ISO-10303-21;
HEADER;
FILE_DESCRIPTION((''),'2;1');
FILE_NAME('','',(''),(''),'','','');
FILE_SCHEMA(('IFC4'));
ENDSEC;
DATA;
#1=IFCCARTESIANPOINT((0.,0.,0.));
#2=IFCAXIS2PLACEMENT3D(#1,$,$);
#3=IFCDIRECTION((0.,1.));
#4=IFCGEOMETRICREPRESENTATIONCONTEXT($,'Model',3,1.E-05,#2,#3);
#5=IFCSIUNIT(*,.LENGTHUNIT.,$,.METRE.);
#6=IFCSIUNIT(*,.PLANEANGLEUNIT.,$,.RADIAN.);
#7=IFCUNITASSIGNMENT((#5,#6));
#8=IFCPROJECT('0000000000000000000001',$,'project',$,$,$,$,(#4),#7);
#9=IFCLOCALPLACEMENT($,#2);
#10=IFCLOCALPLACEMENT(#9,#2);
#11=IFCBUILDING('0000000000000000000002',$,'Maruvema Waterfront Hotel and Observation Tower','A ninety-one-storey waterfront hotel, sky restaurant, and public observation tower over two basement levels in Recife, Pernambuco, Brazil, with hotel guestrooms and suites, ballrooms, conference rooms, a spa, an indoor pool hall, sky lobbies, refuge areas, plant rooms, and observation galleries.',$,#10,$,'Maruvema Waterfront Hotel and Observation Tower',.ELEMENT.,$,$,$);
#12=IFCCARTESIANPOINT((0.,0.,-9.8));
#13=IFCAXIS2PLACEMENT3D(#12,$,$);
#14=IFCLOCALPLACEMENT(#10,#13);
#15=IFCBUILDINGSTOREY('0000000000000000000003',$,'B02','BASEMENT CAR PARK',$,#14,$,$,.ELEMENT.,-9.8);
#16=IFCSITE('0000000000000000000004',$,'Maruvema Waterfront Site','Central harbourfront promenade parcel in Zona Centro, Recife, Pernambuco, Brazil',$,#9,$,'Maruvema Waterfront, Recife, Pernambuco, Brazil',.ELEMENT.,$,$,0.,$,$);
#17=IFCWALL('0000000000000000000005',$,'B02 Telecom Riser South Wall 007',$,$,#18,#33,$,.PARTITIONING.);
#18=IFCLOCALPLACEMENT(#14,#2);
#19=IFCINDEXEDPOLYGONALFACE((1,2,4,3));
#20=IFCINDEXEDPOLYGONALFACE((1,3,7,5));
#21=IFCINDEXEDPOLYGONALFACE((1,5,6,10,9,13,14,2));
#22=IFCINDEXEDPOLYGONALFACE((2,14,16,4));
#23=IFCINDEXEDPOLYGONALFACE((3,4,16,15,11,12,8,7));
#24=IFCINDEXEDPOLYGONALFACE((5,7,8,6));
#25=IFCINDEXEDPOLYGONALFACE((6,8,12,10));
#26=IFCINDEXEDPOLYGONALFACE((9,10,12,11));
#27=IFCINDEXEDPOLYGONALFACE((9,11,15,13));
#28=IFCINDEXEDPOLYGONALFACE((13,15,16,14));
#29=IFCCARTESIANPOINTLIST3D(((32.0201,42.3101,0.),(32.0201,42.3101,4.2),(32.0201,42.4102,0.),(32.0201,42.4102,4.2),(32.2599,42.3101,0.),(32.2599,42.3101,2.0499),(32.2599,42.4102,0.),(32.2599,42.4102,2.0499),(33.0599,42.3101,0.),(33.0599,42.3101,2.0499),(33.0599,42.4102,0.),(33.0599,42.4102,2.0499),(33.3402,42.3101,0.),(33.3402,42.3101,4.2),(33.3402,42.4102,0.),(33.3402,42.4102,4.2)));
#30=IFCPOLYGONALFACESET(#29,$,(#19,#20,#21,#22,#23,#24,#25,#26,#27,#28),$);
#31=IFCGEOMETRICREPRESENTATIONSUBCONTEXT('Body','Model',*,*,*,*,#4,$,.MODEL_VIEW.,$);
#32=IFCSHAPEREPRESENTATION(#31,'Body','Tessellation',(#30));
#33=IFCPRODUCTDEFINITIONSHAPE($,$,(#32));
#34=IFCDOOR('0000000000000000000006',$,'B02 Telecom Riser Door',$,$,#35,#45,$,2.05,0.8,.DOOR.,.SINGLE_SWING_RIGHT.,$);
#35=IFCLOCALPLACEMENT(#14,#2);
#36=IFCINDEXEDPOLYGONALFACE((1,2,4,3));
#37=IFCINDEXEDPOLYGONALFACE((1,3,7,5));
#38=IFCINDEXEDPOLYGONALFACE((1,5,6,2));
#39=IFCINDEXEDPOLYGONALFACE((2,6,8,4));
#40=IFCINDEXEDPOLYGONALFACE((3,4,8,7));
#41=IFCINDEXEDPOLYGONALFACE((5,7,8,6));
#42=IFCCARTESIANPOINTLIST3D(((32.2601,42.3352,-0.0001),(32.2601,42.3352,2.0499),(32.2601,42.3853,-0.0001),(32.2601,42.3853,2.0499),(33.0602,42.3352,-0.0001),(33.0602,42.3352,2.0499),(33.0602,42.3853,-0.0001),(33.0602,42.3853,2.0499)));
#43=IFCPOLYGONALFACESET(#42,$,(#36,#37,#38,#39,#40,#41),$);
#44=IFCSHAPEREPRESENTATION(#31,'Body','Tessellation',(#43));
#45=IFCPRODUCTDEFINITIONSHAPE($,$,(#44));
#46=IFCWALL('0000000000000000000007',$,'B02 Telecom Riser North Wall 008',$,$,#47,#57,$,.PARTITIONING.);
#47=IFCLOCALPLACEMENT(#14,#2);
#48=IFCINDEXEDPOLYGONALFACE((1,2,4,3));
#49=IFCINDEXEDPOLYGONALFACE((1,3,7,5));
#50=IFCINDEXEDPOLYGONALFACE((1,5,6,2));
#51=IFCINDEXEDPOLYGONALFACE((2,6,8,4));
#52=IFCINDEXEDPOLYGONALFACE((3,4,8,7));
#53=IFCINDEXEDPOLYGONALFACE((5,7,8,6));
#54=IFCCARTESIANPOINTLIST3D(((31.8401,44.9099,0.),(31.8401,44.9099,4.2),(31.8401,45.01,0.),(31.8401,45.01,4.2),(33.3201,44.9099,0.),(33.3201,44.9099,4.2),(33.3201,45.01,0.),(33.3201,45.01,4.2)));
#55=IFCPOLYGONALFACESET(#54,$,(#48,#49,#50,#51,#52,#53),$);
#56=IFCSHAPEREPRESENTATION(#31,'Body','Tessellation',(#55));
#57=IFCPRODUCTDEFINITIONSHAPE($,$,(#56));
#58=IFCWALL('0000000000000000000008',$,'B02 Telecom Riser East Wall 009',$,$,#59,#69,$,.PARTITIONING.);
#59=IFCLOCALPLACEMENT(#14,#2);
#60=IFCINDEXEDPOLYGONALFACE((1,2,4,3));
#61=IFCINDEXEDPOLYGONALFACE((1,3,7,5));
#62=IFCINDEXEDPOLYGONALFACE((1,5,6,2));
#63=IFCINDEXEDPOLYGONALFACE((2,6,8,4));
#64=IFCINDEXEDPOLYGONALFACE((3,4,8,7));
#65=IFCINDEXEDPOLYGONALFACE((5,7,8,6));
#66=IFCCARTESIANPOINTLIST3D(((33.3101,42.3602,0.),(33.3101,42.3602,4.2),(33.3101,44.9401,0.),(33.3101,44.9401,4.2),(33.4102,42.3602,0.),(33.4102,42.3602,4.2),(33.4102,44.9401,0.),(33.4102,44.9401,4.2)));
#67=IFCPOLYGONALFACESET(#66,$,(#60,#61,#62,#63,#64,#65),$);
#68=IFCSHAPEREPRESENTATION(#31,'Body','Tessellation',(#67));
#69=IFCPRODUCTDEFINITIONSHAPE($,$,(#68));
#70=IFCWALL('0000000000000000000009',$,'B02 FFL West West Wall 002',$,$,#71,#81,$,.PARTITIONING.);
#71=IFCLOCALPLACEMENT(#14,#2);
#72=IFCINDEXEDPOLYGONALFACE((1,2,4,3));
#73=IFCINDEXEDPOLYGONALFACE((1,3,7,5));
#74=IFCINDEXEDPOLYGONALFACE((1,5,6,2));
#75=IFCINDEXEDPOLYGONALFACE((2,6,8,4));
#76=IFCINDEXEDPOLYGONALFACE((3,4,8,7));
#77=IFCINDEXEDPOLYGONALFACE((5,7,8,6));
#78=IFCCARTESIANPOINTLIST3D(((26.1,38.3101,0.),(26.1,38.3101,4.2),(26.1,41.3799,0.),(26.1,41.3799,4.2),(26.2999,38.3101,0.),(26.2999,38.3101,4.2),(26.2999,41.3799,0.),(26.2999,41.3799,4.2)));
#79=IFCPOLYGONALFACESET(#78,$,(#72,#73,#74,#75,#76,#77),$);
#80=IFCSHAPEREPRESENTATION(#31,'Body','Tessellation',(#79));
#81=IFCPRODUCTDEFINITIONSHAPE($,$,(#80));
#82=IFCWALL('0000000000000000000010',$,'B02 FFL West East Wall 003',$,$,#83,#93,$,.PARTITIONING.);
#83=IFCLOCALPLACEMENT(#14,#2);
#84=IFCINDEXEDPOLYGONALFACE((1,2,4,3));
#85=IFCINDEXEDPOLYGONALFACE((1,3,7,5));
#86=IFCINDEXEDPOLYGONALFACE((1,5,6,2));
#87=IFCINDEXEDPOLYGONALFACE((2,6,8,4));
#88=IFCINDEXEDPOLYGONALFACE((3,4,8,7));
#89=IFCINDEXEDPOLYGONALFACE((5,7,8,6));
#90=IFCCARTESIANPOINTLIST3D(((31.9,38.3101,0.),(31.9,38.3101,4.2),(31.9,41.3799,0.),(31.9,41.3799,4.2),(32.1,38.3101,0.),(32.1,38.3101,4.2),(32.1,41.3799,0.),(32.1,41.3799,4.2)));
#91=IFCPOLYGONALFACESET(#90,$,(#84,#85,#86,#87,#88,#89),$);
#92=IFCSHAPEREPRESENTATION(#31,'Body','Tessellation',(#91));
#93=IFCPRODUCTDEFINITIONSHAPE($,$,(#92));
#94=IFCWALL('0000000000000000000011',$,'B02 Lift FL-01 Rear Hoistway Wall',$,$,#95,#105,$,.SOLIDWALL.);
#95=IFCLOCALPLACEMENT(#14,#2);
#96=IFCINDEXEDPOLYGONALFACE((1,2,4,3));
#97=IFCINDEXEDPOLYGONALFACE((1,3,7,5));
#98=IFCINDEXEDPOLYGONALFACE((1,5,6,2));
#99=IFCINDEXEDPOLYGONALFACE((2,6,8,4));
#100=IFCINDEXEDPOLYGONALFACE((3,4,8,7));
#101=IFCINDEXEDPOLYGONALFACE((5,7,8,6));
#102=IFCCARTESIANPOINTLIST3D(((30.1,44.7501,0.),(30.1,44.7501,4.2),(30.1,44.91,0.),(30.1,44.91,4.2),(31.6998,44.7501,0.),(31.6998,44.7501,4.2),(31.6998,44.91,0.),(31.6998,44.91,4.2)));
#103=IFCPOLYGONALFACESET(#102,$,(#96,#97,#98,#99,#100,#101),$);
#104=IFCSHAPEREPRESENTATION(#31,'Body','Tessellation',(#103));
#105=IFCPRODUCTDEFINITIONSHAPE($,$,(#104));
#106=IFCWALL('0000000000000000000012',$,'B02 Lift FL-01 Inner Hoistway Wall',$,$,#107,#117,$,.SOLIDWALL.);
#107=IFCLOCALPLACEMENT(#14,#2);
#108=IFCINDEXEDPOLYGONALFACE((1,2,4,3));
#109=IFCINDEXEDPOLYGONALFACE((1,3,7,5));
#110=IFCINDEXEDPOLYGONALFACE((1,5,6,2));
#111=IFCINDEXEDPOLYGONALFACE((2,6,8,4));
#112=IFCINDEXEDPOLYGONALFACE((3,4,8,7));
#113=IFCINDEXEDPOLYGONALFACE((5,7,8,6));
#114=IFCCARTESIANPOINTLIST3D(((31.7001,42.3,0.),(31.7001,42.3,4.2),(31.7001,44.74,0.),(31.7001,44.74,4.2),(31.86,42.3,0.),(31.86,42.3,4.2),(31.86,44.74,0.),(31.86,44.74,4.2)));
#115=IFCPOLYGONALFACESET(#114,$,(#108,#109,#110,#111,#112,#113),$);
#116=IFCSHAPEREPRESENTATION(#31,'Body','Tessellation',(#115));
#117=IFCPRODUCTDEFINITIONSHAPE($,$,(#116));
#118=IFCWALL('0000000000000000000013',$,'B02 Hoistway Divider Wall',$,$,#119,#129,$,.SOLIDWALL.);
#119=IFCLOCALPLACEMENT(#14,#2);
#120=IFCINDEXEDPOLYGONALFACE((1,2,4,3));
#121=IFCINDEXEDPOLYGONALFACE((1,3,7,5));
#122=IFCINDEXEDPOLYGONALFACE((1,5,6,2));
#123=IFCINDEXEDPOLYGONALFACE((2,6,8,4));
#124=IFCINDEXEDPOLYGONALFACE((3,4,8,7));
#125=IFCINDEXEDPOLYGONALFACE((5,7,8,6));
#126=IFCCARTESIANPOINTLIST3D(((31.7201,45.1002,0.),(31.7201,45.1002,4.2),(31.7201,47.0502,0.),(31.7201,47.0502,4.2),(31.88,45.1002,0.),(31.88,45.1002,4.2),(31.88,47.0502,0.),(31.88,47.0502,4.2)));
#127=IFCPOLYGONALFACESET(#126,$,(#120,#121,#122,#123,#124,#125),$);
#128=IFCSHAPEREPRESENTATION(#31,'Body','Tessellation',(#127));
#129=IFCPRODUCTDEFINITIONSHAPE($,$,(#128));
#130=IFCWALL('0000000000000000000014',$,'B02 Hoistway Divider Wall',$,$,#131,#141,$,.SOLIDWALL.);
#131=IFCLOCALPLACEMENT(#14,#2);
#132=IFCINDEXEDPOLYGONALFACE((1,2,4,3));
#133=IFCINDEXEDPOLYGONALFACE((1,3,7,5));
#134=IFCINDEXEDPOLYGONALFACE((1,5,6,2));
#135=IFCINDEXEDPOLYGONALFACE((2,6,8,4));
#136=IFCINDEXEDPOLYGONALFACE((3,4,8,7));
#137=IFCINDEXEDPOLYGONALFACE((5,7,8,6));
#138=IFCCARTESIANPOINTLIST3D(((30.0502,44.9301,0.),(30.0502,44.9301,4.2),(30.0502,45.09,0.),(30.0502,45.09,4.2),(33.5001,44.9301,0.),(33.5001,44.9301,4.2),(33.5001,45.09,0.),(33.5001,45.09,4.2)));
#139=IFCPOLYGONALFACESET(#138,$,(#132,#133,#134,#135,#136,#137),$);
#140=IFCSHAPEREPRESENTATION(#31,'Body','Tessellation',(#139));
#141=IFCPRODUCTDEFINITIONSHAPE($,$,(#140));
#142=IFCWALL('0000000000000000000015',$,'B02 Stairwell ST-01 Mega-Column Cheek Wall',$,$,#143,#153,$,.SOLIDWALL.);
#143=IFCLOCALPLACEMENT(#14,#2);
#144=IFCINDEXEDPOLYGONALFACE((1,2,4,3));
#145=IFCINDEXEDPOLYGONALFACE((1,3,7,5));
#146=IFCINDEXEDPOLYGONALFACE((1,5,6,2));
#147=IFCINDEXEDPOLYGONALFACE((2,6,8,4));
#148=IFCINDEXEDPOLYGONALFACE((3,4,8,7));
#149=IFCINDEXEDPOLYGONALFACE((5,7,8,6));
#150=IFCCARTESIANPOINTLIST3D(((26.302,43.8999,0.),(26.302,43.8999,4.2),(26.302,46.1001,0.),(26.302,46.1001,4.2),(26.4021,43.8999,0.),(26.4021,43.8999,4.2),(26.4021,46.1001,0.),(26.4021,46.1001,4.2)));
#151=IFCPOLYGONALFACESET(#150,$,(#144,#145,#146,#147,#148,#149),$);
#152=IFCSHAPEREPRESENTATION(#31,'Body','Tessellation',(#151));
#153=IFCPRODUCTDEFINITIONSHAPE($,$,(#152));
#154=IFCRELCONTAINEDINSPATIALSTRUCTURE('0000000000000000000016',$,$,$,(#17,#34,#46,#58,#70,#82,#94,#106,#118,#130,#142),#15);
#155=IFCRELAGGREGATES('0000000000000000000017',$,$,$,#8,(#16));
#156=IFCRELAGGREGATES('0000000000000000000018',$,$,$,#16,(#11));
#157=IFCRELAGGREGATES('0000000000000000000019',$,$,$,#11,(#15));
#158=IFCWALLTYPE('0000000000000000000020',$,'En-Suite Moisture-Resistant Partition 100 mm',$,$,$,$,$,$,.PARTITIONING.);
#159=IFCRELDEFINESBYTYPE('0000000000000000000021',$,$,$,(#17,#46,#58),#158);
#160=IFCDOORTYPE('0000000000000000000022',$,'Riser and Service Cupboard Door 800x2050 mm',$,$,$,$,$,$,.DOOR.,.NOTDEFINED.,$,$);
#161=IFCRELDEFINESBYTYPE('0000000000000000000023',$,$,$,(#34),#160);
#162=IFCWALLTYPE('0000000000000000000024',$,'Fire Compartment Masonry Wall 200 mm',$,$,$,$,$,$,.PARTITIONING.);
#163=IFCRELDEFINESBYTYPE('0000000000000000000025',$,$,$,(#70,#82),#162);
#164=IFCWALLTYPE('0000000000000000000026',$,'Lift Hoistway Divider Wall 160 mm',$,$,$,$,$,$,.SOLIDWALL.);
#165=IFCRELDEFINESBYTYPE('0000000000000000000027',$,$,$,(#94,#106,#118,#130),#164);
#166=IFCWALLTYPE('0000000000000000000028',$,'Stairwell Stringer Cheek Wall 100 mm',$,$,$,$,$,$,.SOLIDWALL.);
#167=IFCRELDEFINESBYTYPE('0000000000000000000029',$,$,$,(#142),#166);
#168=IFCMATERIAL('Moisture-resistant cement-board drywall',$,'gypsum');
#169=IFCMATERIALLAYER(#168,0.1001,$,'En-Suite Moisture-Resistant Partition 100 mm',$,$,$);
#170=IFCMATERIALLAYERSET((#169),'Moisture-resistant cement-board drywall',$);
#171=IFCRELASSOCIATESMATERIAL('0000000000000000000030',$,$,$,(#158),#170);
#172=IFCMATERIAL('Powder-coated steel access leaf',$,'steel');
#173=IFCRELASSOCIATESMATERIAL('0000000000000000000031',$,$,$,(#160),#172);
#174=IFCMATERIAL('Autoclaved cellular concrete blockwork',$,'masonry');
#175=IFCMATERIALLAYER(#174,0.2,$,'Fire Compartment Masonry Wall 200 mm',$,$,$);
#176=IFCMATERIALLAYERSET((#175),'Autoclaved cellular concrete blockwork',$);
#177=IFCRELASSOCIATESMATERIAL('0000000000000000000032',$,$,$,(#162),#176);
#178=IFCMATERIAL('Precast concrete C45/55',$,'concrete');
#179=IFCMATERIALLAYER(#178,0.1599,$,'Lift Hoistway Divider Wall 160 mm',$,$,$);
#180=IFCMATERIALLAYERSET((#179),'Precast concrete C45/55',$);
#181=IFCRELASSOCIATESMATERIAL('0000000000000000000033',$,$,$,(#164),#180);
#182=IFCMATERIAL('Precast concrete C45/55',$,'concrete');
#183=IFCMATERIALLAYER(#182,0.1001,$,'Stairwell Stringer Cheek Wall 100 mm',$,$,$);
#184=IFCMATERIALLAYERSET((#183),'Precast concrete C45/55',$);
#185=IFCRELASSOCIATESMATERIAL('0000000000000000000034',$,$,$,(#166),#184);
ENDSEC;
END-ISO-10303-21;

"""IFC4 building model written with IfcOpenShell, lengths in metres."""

from ifc_helpers import new_model, si_unit, direction, frame, frame_2d, origin, place, context, subcontext, project, spatial, rectangle, extrude, material, layer, layer_set, type_object, element, fill, save


model = new_model("IFC4")

# Units and contexts
model_context = context("Model", 3, precision=1e-05, world=origin(), true_north=direction((0.0, 1.0)))
body_context = subcontext(model_context, "Body", "Model", "MODEL_VIEW")
ifc_project = project(units=[si_unit("LENGTHUNIT", "METRE"), si_unit("PLANEANGLEUNIT", "RADIAN")], contexts=[model_context])

# Site, building, storey
site_placement = place(None, origin())
site = spatial("IfcSite", under=ifc_project, at=site_placement, Name="Maruvema Waterfront Site", Description="Central harbourfront promenade parcel in Zona Centro, Recife, Pernambuco, Brazil", LongName="Maruvema Waterfront, Recife, Pernambuco, Brazil", CompositionType="ELEMENT", RefElevation=0.0)
building_placement = place(site_placement, origin())
building = spatial("IfcBuilding", under=site, at=building_placement, Name="Maruvema Waterfront Hotel and Observation Tower", Description="A ninety-one-storey waterfront hotel, sky restaurant, and public observation tower over two basement levels in Recife, Pernambuco, Brazil, with hotel guestrooms and suites, ballrooms, conference rooms, a spa, an indoor pool hall, sky lobbies, refuge areas, plant rooms, and observation galleries.", LongName="Maruvema Waterfront Hotel and Observation Tower", CompositionType="ELEMENT")
storey_placement = place(building_placement, frame((0.0, 0.0, -9.8)))
storey = spatial("IfcBuildingStorey", under=building, at=storey_placement, Name="B02", Description="BASEMENT CAR PARK", CompositionType="ELEMENT", Elevation=-9.8)

# Wall, opening, door
ifc_material_1 = material(Name="Moisture-resistant cement-board drywall", Category="gypsum")
ifc_layer_1 = layer(ifc_material_1, 0.1001, Name="En-Suite Moisture-Resistant Partition 100 mm")
ifc_layer_set_1 = layer_set([ifc_layer_1], Name="Moisture-resistant cement-board drywall")
wall_type_1 = type_object("IfcWallType", Name="En-Suite Moisture-Resistant Partition 100 mm", PredefinedType="PARTITIONING", material=ifc_layer_set_1)
wall_1_placement = place(storey_placement, frame((32.02, 42.3601, 0.0), z_axis=(0.0, 0.0, 1.0), x_axis=(1.0, 0.0, 0.0)))
wall_1 = element("IfcWall", 1, at=wall_1_placement, inside=storey, type_object=wall_type_1, Name="B02 Telecom Riser South Wall 007", PredefinedType="PARTITIONING", context=body_context, shape_type="SweptSolid", body=[
    extrude(rectangle(XDim=1.3201, YDim=0.1001, at=frame_2d((0.6602, 0.0))), origin(), (0.0, 0.0, 1.0), 4.2),
])
opening_placement = place(wall_1_placement, frame((0.24, 0.0, 0.0)))
opening = element("IfcOpeningElement", 2, at=opening_placement, cuts=wall_1, PredefinedType="OPENING", context=body_context, shape_type="SweptSolid", body=[
    extrude(rectangle(XDim=0.8, YDim=2.05, at=frame_2d((0.3999, 1.0249))), frame((0.0, 0.0601, 0.0), z_axis=(0.0, -1.0, 0.0), x_axis=(1.0, 0.0, 0.0)), (0.0, 0.0, 1.0), 0.1201),
])
ifc_material_2 = material(Name="Powder-coated steel access leaf", Category="steel")
door_type = type_object("IfcDoorType", Name="Riser and Service Cupboard Door 800x2050 mm", OperationType="NOTDEFINED", PredefinedType="DOOR", material=ifc_material_2)
door_placement = place(opening_placement, frame((0.8, 0.0, 0.0), z_axis=(0.0, 0.0, 1.0), x_axis=(-1.0, 0.0, 0.0)))
door = element("IfcDoor", 3, at=door_placement, inside=storey, type_object=door_type, Name="B02 Telecom Riser Door", OperationType="SINGLE_SWING_RIGHT", OverallHeight=2.05, OverallWidth=0.8, PredefinedType="DOOR", context=body_context, shape_type="SweptSolid", body=[
    extrude(rectangle(XDim=0.8, YDim=2.05, at=frame_2d((0.3999, 1.0249))), frame((0.0, 0.0249, 0.0), z_axis=(0.0, -1.0, 0.0), x_axis=(1.0, 0.0, 0.0)), (0.0, 0.0, 1.0), 0.05),
])
fill(opening, door)

# Walls
wall_2_placement = place(storey_placement, frame((31.8401, 44.96, 0.0), z_axis=(0.0, 0.0, 1.0), x_axis=(1.0, 0.0, 0.0)))
element("IfcWall", 4, at=wall_2_placement, inside=storey, type_object=wall_type_1, Name="B02 Telecom Riser North Wall 008", PredefinedType="PARTITIONING", context=body_context, shape_type="SweptSolid", body=[
    extrude(rectangle(XDim=1.48, YDim=0.1001, at=frame_2d((0.74, 0.0))), origin(), (0.0, 0.0, 1.0), 4.2),
])
wall_3_placement = place(storey_placement, frame((33.3601, 42.3601, 0.0), z_axis=(0.0, 0.0, 1.0), x_axis=(0.0, 1.0, 0.0)))
element("IfcWall", 5, at=wall_3_placement, inside=storey, type_object=wall_type_1, Name="B02 Telecom Riser East Wall 009", PredefinedType="PARTITIONING", context=body_context, shape_type="SweptSolid", body=[
    extrude(rectangle(XDim=2.5798, YDim=0.1001, at=frame_2d((1.29, 0.0))), origin(), (0.0, 0.0, 1.0), 4.2),
])
ifc_material_3 = material(Name="Autoclaved cellular concrete blockwork", Category="masonry")
ifc_layer_2 = layer(ifc_material_3, 0.2, Name="Fire Compartment Masonry Wall 200 mm")
ifc_layer_set_2 = layer_set([ifc_layer_2], Name="Autoclaved cellular concrete blockwork")
wall_type_2 = type_object("IfcWallType", Name="Fire Compartment Masonry Wall 200 mm", PredefinedType="PARTITIONING", material=ifc_layer_set_2)
for number, where, z_axis, x_axis, name in (
    (6, (26.2, 38.3101, 0.0), (0.0, 0.0, 1.0), (0.0, 1.0, 0.0), "B02 FFL West West Wall 002"),
    (7, (32.0, 38.3101, 0.0), (0.0, 0.0, 1.0), (0.0, 1.0, 0.0), "B02 FFL West East Wall 003"),
):
    element("IfcWall", number, at=place(storey_placement, frame(where, z_axis=z_axis, x_axis=x_axis)), inside=storey, type_object=wall_type_2, Name=name, PredefinedType="PARTITIONING", context=body_context, shape_type="SweptSolid", body=[
        extrude(rectangle(XDim=3.0698, YDim=0.2, at=frame_2d((1.5349, 0.0))), origin(), (0.0, 0.0, 1.0), 4.2),
    ])
ifc_material_4 = material(Name="Precast concrete C45/55", Category="concrete")
ifc_layer_3 = layer(ifc_material_4, 0.1599, Name="Lift Hoistway Divider Wall 160 mm")
ifc_layer_set_3 = layer_set([ifc_layer_3], Name="Precast concrete C45/55")
wall_type_3 = type_object("IfcWallType", Name="Lift Hoistway Divider Wall 160 mm", PredefinedType="SOLIDWALL", material=ifc_layer_set_3)
wall_4_placement = place(storey_placement, frame((30.1001, 44.8301, 0.0), z_axis=(0.0, 0.0, 1.0), x_axis=(1.0, 0.0, 0.0)))
element("IfcWall", 8, at=wall_4_placement, inside=storey, type_object=wall_type_3, Name="B02 Lift FL-01 Rear Hoistway Wall", PredefinedType="SOLIDWALL", context=body_context, shape_type="SweptSolid", body=[
    extrude(rectangle(XDim=1.5999, YDim=0.1599, at=frame_2d((0.7998, 0.0))), origin(), (0.0, 0.0, 1.0), 4.2),
])
wall_5_placement = place(storey_placement, frame((31.78, 42.3, 0.0), z_axis=(0.0, 0.0, 1.0), x_axis=(0.0, 1.0, 0.0)))
element("IfcWall", 9, at=wall_5_placement, inside=storey, type_object=wall_type_3, Name="B02 Lift FL-01 Inner Hoistway Wall", PredefinedType="SOLIDWALL", context=body_context, shape_type="SweptSolid", body=[
    extrude(rectangle(XDim=2.4399, YDim=0.1599, at=frame_2d((1.22, 0.0))), origin(), (0.0, 0.0, 1.0), 4.2),
])
wall_6_placement = place(storey_placement, frame((31.8, 45.1001, 0.0), z_axis=(0.0, 0.0, 1.0), x_axis=(0.0, 1.0, 0.0)))
element("IfcWall", 10, at=wall_6_placement, inside=storey, type_object=wall_type_3, Name="B02 Hoistway Divider Wall", PredefinedType="SOLIDWALL", context=body_context, shape_type="SweptSolid", body=[
    extrude(rectangle(XDim=1.95, YDim=0.1599, at=frame_2d((0.9751, 0.0))), origin(), (0.0, 0.0, 1.0), 4.2),
])
wall_7_placement = place(storey_placement, frame((30.05, 45.01, 0.0), z_axis=(0.0, 0.0, 1.0), x_axis=(1.0, 0.0, 0.0)))
element("IfcWall", 11, at=wall_7_placement, inside=storey, type_object=wall_type_3, Name="B02 Hoistway Divider Wall", PredefinedType="SOLIDWALL", context=body_context, shape_type="SweptSolid", body=[
    extrude(rectangle(XDim=3.45, YDim=0.1599, at=frame_2d((1.7251, 0.0))), origin(), (0.0, 0.0, 1.0), 4.2),
])
ifc_material_5 = material(Name="Precast concrete C45/55", Category="concrete")
ifc_layer_4 = layer(ifc_material_5, 0.1001, Name="Stairwell Stringer Cheek Wall 100 mm")
ifc_layer_set_4 = layer_set([ifc_layer_4], Name="Precast concrete C45/55")
wall_type_4 = type_object("IfcWallType", Name="Stairwell Stringer Cheek Wall 100 mm", PredefinedType="SOLIDWALL", material=ifc_layer_set_4)
wall_8_placement = place(storey_placement, frame((26.3521, 43.8999, 0.0), z_axis=(0.0, 0.0, 1.0), x_axis=(0.0, 1.0, 0.0)))
element("IfcWall", 12, at=wall_8_placement, inside=storey, type_object=wall_type_4, Name="B02 Stairwell ST-01 Mega-Column Cheek Wall", PredefinedType="SOLIDWALL", context=body_context, shape_type="SweptSolid", body=[
    extrude(rectangle(XDim=2.2002, YDim=0.1001, at=frame_2d((1.1001, 0.0))), origin(), (0.0, 0.0, 1.0), 4.2),
])

save(model, "model.ifc")
